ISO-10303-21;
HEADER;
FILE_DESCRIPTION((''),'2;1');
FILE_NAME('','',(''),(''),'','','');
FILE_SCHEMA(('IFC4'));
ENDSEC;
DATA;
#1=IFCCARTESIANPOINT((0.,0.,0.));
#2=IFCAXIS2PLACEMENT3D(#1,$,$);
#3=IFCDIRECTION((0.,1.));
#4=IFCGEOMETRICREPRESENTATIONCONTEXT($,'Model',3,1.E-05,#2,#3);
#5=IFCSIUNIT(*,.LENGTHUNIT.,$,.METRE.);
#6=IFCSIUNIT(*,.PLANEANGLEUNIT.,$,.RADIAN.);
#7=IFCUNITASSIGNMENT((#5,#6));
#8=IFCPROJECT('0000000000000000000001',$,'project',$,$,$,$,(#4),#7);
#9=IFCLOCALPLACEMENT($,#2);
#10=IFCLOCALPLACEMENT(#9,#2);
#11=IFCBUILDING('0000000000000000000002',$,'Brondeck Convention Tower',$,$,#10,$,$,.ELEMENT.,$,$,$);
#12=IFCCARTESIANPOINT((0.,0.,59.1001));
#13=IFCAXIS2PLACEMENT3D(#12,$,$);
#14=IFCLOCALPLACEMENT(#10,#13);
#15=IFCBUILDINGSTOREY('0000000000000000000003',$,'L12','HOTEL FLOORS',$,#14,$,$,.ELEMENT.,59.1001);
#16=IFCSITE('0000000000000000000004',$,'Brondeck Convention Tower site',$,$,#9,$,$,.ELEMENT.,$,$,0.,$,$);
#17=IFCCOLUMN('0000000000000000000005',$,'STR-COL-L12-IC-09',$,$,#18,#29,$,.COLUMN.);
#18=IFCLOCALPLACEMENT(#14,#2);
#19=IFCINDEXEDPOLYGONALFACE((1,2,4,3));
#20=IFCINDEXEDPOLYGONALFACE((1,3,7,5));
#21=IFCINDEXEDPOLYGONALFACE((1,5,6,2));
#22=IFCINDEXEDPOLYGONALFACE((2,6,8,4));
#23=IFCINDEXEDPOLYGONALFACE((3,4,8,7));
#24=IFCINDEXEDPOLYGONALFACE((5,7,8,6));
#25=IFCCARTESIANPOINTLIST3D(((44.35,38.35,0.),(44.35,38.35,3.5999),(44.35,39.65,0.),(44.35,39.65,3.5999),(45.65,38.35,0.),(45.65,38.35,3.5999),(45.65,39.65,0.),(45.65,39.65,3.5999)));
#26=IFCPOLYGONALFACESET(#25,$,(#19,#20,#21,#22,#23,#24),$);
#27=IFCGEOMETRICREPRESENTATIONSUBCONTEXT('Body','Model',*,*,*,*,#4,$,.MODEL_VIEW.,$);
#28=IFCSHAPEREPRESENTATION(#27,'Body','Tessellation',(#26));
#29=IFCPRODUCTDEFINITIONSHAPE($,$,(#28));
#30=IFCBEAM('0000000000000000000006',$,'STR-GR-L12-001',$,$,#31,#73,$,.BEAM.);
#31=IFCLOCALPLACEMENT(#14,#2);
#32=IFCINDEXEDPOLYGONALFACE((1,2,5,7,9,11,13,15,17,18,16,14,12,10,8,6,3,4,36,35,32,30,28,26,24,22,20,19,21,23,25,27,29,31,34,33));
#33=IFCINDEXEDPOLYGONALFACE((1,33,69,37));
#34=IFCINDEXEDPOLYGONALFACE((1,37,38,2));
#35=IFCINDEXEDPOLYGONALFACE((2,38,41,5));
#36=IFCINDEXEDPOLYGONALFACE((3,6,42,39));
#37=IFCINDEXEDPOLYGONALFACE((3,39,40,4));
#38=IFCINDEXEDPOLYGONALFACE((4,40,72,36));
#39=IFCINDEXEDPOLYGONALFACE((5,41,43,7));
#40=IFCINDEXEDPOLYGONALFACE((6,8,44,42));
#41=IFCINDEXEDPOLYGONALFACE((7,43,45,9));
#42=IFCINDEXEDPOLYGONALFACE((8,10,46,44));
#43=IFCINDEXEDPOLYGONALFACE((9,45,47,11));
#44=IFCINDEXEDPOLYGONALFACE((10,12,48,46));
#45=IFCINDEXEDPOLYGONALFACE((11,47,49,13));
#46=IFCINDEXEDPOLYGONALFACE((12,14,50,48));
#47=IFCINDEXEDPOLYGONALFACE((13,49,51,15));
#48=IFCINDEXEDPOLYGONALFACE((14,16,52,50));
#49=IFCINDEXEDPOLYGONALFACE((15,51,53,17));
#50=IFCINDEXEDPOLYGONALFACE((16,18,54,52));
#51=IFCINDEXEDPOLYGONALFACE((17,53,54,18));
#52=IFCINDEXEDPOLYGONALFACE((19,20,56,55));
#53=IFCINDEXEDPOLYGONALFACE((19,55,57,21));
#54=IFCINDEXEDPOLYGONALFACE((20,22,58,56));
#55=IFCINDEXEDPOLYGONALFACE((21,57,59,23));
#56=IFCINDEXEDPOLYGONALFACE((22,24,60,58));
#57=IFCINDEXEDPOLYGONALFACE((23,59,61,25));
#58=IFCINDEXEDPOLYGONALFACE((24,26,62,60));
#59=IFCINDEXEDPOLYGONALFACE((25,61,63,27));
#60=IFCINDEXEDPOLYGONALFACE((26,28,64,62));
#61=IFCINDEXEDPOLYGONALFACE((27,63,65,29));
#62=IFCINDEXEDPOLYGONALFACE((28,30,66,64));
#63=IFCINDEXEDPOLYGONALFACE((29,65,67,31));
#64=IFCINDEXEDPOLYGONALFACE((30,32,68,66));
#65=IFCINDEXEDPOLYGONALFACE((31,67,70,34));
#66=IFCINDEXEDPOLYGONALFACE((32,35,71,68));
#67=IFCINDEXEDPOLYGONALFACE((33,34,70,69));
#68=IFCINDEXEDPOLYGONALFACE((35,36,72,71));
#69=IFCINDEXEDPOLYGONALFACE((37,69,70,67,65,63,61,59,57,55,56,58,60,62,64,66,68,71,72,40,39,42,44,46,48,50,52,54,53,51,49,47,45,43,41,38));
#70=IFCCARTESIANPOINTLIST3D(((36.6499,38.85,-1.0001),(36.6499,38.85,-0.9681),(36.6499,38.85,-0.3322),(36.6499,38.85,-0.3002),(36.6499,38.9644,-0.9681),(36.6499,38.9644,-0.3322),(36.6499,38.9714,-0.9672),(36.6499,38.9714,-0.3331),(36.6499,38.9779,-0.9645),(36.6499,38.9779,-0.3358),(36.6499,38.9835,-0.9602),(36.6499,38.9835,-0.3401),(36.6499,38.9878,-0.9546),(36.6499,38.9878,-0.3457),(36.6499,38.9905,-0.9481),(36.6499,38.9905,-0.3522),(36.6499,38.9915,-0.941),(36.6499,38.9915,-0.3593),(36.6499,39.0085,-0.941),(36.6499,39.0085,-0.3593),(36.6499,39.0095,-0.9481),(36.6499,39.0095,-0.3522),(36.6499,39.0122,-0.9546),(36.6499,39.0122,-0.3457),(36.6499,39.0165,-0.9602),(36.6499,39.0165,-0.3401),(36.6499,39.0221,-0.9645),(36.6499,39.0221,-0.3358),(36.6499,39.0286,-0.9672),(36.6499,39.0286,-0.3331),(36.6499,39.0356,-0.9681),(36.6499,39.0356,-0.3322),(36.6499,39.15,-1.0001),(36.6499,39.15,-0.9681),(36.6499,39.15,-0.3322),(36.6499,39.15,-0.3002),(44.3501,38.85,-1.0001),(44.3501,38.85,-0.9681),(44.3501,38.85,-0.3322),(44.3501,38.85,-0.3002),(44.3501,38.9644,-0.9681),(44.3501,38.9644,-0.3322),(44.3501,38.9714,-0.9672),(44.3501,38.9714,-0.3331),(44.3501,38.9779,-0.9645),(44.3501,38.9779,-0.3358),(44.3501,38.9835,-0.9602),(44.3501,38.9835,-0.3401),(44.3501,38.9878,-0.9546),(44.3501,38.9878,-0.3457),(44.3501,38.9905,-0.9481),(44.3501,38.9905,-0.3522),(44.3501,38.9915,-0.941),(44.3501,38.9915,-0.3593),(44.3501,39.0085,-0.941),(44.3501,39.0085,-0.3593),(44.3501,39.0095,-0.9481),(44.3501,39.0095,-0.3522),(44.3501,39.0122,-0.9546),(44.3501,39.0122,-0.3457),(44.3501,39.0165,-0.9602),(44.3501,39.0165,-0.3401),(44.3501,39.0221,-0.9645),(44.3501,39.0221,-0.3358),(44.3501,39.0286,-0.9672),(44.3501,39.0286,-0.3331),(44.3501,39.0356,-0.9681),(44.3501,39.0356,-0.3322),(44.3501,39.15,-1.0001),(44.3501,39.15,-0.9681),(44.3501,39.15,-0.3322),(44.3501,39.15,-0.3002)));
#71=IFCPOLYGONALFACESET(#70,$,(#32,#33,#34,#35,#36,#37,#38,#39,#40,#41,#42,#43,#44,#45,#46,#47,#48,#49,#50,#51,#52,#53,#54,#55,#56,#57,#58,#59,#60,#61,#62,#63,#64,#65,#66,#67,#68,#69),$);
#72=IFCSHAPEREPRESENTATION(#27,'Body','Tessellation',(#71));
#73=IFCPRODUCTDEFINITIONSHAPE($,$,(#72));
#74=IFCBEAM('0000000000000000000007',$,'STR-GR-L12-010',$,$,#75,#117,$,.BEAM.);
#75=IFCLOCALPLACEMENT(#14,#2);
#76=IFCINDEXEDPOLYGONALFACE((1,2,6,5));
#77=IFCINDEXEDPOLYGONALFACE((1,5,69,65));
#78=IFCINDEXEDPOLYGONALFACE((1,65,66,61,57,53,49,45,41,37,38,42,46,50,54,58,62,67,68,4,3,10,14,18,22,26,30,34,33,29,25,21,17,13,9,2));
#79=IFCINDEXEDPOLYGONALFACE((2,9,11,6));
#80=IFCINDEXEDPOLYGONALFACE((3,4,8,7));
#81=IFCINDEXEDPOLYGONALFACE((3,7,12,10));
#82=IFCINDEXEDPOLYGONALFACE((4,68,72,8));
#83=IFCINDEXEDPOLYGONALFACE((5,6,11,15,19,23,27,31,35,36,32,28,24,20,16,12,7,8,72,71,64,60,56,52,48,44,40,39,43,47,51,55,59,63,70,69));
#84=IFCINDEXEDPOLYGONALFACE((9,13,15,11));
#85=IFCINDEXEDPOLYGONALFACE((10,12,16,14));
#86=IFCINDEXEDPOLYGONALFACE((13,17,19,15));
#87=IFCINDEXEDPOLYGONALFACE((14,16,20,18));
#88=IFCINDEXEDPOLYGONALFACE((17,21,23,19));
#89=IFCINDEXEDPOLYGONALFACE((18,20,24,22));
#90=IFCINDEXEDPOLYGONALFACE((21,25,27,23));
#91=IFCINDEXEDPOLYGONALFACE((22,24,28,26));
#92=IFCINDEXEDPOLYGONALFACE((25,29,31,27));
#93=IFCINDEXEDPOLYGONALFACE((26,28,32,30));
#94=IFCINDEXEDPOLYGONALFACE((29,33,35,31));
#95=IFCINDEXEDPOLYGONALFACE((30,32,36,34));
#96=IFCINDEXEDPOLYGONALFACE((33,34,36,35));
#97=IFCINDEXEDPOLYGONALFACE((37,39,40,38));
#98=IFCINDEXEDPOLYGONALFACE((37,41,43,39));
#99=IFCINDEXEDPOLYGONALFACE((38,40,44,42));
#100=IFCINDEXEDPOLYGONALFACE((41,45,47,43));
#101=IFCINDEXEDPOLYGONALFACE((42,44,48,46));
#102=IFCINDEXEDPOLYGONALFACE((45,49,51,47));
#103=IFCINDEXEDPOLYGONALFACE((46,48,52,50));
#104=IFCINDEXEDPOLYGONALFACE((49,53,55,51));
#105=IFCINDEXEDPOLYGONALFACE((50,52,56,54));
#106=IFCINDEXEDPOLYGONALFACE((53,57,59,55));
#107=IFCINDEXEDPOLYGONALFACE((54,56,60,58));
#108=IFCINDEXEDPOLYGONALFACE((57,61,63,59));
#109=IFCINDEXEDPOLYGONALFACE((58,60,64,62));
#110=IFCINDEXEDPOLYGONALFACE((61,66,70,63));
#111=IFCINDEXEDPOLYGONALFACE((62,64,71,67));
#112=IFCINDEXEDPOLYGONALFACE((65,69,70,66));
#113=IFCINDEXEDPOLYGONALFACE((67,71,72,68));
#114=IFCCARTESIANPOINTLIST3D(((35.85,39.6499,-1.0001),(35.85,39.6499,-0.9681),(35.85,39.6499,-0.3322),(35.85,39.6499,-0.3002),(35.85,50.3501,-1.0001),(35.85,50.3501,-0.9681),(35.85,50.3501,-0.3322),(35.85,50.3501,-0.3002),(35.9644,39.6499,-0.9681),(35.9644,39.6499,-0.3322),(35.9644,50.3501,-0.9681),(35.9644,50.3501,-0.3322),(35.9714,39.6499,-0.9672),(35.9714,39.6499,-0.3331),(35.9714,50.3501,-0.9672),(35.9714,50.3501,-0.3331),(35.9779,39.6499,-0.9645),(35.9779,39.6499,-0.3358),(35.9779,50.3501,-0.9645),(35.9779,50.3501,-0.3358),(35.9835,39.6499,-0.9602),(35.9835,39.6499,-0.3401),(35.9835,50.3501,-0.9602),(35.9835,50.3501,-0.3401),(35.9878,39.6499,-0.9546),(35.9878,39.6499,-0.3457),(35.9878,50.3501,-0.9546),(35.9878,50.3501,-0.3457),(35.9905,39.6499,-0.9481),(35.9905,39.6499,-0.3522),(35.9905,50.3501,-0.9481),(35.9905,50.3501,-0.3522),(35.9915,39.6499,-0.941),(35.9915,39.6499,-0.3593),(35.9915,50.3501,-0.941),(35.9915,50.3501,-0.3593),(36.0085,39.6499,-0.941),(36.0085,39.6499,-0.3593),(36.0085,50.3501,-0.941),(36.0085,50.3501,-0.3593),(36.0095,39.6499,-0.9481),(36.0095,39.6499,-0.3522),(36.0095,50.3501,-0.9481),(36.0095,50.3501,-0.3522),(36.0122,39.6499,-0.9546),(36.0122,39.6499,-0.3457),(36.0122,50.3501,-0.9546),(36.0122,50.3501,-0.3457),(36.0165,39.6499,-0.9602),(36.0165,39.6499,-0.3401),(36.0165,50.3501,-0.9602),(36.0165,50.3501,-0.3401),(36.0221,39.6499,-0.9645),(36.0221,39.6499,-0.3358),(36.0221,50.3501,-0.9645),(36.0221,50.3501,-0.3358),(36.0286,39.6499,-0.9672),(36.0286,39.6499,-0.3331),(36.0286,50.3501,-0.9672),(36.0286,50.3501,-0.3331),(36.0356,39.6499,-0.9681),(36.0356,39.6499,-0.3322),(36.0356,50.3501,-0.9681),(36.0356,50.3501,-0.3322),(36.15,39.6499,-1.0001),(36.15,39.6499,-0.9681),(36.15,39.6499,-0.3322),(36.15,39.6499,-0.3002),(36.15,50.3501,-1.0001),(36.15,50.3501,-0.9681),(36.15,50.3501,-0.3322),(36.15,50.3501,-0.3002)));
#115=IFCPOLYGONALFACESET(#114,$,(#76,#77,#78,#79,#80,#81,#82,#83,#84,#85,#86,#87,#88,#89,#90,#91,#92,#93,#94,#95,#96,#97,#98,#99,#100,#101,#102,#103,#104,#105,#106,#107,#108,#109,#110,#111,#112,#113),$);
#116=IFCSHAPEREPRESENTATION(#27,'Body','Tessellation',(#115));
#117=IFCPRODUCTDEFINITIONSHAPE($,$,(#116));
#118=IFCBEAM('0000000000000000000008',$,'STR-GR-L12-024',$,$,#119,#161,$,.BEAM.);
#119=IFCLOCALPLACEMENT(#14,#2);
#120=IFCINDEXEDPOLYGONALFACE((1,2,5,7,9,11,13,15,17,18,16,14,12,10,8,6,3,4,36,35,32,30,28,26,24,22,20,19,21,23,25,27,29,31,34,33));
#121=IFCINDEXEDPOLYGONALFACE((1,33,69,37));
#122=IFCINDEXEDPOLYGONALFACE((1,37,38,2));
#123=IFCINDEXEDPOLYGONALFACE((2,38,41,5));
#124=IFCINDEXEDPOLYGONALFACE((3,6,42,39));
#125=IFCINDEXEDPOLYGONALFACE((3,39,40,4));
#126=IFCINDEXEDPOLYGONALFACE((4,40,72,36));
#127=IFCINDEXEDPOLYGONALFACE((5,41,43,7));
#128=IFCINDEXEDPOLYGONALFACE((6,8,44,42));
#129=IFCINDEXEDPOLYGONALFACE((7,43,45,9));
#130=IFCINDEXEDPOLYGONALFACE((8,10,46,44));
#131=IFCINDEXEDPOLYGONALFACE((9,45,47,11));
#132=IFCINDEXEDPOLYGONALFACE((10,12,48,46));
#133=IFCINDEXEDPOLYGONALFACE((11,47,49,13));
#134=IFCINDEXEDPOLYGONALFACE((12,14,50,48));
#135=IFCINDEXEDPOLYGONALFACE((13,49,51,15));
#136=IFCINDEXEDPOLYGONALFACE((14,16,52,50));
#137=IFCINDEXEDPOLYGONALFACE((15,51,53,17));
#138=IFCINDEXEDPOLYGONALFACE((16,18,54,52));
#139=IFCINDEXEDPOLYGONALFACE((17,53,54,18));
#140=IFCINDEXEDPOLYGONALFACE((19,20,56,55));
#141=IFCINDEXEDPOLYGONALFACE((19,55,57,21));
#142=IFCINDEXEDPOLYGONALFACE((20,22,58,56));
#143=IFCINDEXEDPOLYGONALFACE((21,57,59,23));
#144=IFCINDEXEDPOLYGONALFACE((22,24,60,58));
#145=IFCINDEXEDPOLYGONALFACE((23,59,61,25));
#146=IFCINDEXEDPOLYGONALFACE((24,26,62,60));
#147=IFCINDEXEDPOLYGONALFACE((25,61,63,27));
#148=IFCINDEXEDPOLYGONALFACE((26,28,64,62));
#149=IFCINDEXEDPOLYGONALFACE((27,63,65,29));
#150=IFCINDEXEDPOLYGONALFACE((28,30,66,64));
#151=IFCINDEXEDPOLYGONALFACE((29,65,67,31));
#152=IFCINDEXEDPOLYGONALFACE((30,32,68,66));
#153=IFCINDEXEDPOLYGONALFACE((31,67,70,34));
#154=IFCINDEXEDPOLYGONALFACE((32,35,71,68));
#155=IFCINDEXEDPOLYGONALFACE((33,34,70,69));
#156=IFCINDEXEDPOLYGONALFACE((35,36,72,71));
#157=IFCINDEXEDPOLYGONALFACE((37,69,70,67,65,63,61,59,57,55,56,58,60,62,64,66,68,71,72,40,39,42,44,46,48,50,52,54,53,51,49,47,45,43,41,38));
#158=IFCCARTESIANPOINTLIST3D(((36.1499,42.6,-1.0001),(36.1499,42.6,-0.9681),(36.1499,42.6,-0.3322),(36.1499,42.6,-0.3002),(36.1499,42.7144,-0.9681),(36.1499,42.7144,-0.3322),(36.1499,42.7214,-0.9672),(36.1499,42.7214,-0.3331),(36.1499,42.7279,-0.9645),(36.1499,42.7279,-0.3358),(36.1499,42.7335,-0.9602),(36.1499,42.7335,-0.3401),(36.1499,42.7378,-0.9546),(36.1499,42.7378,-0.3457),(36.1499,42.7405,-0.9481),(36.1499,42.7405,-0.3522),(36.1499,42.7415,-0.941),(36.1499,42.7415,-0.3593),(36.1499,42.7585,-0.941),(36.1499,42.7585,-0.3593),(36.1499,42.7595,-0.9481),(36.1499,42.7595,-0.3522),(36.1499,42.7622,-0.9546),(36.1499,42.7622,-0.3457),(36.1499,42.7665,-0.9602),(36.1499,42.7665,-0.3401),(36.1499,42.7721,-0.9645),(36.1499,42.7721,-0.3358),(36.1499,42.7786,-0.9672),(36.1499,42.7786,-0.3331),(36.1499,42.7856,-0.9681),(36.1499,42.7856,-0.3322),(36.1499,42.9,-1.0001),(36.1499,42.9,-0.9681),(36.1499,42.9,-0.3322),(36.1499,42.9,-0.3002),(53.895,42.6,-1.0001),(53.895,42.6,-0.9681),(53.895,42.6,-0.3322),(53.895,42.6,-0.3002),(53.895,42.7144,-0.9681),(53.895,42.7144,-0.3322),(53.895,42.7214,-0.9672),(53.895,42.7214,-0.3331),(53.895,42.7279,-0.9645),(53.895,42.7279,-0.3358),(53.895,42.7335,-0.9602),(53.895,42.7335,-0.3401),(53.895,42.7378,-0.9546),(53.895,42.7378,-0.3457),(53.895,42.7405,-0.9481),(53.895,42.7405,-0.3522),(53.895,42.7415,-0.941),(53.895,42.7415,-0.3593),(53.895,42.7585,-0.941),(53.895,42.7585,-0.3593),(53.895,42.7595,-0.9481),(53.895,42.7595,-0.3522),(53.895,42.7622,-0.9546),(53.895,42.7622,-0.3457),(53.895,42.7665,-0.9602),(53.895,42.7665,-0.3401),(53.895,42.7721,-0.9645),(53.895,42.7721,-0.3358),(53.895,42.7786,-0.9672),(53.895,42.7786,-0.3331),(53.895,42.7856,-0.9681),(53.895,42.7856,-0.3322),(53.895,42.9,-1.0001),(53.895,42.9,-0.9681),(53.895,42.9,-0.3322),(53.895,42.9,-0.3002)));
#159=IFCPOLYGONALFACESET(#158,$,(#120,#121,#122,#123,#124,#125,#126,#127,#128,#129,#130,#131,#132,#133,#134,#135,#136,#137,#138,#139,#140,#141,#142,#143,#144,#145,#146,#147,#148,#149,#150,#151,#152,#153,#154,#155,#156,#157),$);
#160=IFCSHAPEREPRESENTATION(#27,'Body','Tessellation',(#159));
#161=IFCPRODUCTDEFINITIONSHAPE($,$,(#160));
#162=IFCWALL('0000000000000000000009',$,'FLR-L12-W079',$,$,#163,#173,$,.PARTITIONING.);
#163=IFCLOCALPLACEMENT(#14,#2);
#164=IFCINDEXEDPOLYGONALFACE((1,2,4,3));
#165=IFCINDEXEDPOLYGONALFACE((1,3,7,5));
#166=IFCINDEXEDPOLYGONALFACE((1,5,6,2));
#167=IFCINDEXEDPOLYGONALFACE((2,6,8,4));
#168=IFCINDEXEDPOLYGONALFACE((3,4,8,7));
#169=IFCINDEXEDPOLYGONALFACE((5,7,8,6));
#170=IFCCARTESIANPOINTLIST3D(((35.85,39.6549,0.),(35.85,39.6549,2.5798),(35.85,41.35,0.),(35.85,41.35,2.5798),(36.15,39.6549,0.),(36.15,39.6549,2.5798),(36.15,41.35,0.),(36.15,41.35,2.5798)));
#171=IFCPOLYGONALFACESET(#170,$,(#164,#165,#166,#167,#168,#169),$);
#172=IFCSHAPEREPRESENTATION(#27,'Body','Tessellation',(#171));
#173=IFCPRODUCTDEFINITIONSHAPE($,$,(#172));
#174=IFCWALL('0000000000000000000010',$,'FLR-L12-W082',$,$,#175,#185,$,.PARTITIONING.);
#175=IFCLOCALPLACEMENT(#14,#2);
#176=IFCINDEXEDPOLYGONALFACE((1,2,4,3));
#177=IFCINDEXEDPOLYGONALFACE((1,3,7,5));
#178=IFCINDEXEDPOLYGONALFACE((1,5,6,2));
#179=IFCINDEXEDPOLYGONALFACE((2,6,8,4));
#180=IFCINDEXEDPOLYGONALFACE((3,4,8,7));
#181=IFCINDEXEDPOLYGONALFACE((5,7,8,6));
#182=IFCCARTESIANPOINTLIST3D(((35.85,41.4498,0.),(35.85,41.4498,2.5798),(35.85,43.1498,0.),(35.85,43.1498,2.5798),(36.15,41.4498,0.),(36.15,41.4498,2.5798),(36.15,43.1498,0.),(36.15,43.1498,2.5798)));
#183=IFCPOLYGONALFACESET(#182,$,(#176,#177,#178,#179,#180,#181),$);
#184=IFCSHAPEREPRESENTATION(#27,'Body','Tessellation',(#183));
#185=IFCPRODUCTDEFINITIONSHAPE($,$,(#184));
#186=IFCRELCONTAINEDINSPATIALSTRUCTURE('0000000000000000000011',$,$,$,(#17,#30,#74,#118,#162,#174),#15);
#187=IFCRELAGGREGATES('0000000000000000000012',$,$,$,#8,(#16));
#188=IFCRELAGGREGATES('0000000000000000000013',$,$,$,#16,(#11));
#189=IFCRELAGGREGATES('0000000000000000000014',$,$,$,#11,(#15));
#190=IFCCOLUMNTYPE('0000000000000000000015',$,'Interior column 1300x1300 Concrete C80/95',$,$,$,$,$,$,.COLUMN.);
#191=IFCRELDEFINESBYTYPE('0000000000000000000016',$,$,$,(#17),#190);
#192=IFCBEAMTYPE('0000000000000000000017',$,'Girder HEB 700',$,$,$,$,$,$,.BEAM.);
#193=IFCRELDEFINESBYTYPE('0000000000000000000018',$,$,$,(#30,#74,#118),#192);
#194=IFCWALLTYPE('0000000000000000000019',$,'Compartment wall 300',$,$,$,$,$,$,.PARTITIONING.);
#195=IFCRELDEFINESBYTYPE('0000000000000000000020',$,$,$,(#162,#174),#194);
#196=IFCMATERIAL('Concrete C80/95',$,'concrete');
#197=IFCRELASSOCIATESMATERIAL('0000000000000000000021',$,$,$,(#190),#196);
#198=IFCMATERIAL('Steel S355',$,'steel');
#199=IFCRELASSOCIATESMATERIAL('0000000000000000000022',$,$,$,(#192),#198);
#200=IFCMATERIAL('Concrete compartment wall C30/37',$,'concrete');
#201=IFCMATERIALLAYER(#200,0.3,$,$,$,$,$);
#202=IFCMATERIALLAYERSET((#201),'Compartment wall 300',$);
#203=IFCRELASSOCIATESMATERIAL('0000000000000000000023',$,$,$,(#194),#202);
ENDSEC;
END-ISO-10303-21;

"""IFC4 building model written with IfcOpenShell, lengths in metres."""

from ifc_helpers import new_model, si_unit, direction, frame, frame_2d, origin, origin_2d, place, context, subcontext, project, spatial, rectangle, i_section, extrude, material, layer, layer_set, material_profile, profile_set, type_object, element, save


model = new_model("IFC4")

# Units and contexts
model_context = context("Model", 3, precision=1e-05, world=origin(), true_north=direction((0.0, 1.0)))
body_context = subcontext(model_context, "Body", "Model", "MODEL_VIEW")
ifc_project = project(units=[si_unit("LENGTHUNIT", "METRE"), si_unit("PLANEANGLEUNIT", "RADIAN")], contexts=[model_context])

# Site, building, storey
site_placement = place(None, origin())
site = spatial("IfcSite", under=ifc_project, at=site_placement, Name="Brondeck Convention Tower site", CompositionType="ELEMENT", RefElevation=0.0)
building_placement = place(site_placement, origin())
building = spatial("IfcBuilding", under=site, at=building_placement, Name="Brondeck Convention Tower", CompositionType="ELEMENT")
storey_placement = place(building_placement, frame((0.0, 0.0, 59.1001)))
storey = spatial("IfcBuildingStorey", under=building, at=storey_placement, Name="L12", Description="HOTEL FLOORS", CompositionType="ELEMENT", Elevation=59.1001)

# Column
ifc_material_1 = material(Name="Concrete C80/95", Category="concrete")
ifc_material_profile_1 = material_profile(ifc_material_1, rectangle(XDim=1.3, YDim=1.3, at=origin_2d()), Name="Interior column 1300x1300 Concrete C80/95")
ifc_profile_set_1 = profile_set([ifc_material_profile_1], Name="Concrete C80/95")
column_type = type_object("IfcColumnType", Name="Interior column 1300x1300 Concrete C80/95", PredefinedType="COLUMN", material=ifc_profile_set_1)
column_placement = place(storey_placement, frame((45.0, 39.0, 0.0), z_axis=(0.0, 0.0, 1.0), x_axis=(1.0, 0.0, 0.0)))
element("IfcColumn", 1, at=column_placement, inside=storey, type_object=column_type, Name="STR-COL-L12-IC-09", PredefinedType="COLUMN", context=body_context, shape_type="SweptSolid", body=[
    extrude(rectangle(XDim=1.3, YDim=1.3, at=origin_2d()), origin(), (0.0, 0.0, 1.0), 3.5999),
])

# Beams
ifc_material_2 = material(Name="Steel S355", Category="steel")
ifc_material_profile_2 = material_profile(ifc_material_2, i_section(OverallWidth=0.3, OverallDepth=0.7, WebThickness=0.0171, FlangeThickness=0.032, FilletRadius=0.0271, at=origin_2d()), Name="HEB 700")
ifc_profile_set_2 = profile_set([ifc_material_profile_2], Name="Steel S355")
beam_type = type_object("IfcBeamType", Name="Girder HEB 700", PredefinedType="BEAM", material=ifc_profile_set_2)
beam_1_placement = place(storey_placement, frame((36.6499, 39.0, -0.6501), z_axis=(1.0, 0.0, 0.0), x_axis=(0.0, 1.0, 0.0)))
element("IfcBeam", 2, at=beam_1_placement, inside=storey, type_object=beam_type, Name="STR-GR-L12-001", PredefinedType="BEAM", context=body_context, shape_type="SweptSolid", body=[
    extrude(i_section(OverallWidth=0.3, OverallDepth=0.7, WebThickness=0.0171, FlangeThickness=0.032, FilletRadius=0.0271, at=origin_2d()), origin(), (0.0, 0.0, 1.0), 7.7002),
])
beam_2_placement = place(storey_placement, frame((36.0, 39.6499, -0.6501), z_axis=(0.0, 1.0, 0.0), x_axis=(-1.0, 0.0, 0.0)))
element("IfcBeam", 3, at=beam_2_placement, inside=storey, type_object=beam_type, Name="STR-GR-L12-010", PredefinedType="BEAM", context=body_context, shape_type="SweptSolid", body=[
    extrude(i_section(OverallWidth=0.3, OverallDepth=0.7, WebThickness=0.0171, FlangeThickness=0.032, FilletRadius=0.0271, at=origin_2d()), origin(), (0.0, 0.0, 1.0), 10.7002),
])
beam_3_placement = place(storey_placement, frame((36.1499, 42.75, -0.6501), z_axis=(1.0, 0.0, 0.0), x_axis=(0.0, 1.0, 0.0)))
element("IfcBeam", 4, at=beam_3_placement, inside=storey, type_object=beam_type, Name="STR-GR-L12-024", PredefinedType="BEAM", context=body_context, shape_type="SweptSolid", body=[
    extrude(i_section(OverallWidth=0.3, OverallDepth=0.7, WebThickness=0.0171, FlangeThickness=0.032, FilletRadius=0.0271, at=origin_2d()), origin(), (0.0, 0.0, 1.0), 17.7451),
])

# Walls
ifc_material_3 = material(Name="Concrete compartment wall C30/37", Category="concrete")
ifc_layer_1 = layer(ifc_material_3, 0.3)
ifc_layer_set_1 = layer_set([ifc_layer_1], Name="Compartment wall 300")
wall_type_1 = type_object("IfcWallType", Name="Compartment wall 300", PredefinedType="PARTITIONING", material=ifc_layer_set_1)
wall_1_placement = place(storey_placement, frame((36.0, 41.3501, 0.0), z_axis=(0.0, 0.0, 1.0), x_axis=(0.0, -1.0, 0.0)))
element("IfcWall", 5, at=wall_1_placement, inside=storey, type_object=wall_type_1, Name="FLR-L12-W079", PredefinedType="PARTITIONING", context=body_context, shape_type="SweptSolid", body=[
    extrude(rectangle(XDim=1.6951, YDim=0.3, at=frame_2d((0.8477, 0.0))), origin(), (0.0, 0.0, 1.0), 2.5798),
])
wall_2_placement = place(storey_placement, frame((36.0, 43.1499, 0.0), z_axis=(0.0, 0.0, 1.0), x_axis=(0.0, -1.0, 0.0)))
element("IfcWall", 6, at=wall_2_placement, inside=storey, type_object=wall_type_1, Name="FLR-L12-W082", PredefinedType="PARTITIONING", context=body_context, shape_type="SweptSolid", body=[
    extrude(rectangle(XDim=1.7, YDim=0.3, at=frame_2d((0.8501, 0.0))), origin(), (0.0, 0.0, 1.0), 2.5798),
])

save(model, "model.ifc")
